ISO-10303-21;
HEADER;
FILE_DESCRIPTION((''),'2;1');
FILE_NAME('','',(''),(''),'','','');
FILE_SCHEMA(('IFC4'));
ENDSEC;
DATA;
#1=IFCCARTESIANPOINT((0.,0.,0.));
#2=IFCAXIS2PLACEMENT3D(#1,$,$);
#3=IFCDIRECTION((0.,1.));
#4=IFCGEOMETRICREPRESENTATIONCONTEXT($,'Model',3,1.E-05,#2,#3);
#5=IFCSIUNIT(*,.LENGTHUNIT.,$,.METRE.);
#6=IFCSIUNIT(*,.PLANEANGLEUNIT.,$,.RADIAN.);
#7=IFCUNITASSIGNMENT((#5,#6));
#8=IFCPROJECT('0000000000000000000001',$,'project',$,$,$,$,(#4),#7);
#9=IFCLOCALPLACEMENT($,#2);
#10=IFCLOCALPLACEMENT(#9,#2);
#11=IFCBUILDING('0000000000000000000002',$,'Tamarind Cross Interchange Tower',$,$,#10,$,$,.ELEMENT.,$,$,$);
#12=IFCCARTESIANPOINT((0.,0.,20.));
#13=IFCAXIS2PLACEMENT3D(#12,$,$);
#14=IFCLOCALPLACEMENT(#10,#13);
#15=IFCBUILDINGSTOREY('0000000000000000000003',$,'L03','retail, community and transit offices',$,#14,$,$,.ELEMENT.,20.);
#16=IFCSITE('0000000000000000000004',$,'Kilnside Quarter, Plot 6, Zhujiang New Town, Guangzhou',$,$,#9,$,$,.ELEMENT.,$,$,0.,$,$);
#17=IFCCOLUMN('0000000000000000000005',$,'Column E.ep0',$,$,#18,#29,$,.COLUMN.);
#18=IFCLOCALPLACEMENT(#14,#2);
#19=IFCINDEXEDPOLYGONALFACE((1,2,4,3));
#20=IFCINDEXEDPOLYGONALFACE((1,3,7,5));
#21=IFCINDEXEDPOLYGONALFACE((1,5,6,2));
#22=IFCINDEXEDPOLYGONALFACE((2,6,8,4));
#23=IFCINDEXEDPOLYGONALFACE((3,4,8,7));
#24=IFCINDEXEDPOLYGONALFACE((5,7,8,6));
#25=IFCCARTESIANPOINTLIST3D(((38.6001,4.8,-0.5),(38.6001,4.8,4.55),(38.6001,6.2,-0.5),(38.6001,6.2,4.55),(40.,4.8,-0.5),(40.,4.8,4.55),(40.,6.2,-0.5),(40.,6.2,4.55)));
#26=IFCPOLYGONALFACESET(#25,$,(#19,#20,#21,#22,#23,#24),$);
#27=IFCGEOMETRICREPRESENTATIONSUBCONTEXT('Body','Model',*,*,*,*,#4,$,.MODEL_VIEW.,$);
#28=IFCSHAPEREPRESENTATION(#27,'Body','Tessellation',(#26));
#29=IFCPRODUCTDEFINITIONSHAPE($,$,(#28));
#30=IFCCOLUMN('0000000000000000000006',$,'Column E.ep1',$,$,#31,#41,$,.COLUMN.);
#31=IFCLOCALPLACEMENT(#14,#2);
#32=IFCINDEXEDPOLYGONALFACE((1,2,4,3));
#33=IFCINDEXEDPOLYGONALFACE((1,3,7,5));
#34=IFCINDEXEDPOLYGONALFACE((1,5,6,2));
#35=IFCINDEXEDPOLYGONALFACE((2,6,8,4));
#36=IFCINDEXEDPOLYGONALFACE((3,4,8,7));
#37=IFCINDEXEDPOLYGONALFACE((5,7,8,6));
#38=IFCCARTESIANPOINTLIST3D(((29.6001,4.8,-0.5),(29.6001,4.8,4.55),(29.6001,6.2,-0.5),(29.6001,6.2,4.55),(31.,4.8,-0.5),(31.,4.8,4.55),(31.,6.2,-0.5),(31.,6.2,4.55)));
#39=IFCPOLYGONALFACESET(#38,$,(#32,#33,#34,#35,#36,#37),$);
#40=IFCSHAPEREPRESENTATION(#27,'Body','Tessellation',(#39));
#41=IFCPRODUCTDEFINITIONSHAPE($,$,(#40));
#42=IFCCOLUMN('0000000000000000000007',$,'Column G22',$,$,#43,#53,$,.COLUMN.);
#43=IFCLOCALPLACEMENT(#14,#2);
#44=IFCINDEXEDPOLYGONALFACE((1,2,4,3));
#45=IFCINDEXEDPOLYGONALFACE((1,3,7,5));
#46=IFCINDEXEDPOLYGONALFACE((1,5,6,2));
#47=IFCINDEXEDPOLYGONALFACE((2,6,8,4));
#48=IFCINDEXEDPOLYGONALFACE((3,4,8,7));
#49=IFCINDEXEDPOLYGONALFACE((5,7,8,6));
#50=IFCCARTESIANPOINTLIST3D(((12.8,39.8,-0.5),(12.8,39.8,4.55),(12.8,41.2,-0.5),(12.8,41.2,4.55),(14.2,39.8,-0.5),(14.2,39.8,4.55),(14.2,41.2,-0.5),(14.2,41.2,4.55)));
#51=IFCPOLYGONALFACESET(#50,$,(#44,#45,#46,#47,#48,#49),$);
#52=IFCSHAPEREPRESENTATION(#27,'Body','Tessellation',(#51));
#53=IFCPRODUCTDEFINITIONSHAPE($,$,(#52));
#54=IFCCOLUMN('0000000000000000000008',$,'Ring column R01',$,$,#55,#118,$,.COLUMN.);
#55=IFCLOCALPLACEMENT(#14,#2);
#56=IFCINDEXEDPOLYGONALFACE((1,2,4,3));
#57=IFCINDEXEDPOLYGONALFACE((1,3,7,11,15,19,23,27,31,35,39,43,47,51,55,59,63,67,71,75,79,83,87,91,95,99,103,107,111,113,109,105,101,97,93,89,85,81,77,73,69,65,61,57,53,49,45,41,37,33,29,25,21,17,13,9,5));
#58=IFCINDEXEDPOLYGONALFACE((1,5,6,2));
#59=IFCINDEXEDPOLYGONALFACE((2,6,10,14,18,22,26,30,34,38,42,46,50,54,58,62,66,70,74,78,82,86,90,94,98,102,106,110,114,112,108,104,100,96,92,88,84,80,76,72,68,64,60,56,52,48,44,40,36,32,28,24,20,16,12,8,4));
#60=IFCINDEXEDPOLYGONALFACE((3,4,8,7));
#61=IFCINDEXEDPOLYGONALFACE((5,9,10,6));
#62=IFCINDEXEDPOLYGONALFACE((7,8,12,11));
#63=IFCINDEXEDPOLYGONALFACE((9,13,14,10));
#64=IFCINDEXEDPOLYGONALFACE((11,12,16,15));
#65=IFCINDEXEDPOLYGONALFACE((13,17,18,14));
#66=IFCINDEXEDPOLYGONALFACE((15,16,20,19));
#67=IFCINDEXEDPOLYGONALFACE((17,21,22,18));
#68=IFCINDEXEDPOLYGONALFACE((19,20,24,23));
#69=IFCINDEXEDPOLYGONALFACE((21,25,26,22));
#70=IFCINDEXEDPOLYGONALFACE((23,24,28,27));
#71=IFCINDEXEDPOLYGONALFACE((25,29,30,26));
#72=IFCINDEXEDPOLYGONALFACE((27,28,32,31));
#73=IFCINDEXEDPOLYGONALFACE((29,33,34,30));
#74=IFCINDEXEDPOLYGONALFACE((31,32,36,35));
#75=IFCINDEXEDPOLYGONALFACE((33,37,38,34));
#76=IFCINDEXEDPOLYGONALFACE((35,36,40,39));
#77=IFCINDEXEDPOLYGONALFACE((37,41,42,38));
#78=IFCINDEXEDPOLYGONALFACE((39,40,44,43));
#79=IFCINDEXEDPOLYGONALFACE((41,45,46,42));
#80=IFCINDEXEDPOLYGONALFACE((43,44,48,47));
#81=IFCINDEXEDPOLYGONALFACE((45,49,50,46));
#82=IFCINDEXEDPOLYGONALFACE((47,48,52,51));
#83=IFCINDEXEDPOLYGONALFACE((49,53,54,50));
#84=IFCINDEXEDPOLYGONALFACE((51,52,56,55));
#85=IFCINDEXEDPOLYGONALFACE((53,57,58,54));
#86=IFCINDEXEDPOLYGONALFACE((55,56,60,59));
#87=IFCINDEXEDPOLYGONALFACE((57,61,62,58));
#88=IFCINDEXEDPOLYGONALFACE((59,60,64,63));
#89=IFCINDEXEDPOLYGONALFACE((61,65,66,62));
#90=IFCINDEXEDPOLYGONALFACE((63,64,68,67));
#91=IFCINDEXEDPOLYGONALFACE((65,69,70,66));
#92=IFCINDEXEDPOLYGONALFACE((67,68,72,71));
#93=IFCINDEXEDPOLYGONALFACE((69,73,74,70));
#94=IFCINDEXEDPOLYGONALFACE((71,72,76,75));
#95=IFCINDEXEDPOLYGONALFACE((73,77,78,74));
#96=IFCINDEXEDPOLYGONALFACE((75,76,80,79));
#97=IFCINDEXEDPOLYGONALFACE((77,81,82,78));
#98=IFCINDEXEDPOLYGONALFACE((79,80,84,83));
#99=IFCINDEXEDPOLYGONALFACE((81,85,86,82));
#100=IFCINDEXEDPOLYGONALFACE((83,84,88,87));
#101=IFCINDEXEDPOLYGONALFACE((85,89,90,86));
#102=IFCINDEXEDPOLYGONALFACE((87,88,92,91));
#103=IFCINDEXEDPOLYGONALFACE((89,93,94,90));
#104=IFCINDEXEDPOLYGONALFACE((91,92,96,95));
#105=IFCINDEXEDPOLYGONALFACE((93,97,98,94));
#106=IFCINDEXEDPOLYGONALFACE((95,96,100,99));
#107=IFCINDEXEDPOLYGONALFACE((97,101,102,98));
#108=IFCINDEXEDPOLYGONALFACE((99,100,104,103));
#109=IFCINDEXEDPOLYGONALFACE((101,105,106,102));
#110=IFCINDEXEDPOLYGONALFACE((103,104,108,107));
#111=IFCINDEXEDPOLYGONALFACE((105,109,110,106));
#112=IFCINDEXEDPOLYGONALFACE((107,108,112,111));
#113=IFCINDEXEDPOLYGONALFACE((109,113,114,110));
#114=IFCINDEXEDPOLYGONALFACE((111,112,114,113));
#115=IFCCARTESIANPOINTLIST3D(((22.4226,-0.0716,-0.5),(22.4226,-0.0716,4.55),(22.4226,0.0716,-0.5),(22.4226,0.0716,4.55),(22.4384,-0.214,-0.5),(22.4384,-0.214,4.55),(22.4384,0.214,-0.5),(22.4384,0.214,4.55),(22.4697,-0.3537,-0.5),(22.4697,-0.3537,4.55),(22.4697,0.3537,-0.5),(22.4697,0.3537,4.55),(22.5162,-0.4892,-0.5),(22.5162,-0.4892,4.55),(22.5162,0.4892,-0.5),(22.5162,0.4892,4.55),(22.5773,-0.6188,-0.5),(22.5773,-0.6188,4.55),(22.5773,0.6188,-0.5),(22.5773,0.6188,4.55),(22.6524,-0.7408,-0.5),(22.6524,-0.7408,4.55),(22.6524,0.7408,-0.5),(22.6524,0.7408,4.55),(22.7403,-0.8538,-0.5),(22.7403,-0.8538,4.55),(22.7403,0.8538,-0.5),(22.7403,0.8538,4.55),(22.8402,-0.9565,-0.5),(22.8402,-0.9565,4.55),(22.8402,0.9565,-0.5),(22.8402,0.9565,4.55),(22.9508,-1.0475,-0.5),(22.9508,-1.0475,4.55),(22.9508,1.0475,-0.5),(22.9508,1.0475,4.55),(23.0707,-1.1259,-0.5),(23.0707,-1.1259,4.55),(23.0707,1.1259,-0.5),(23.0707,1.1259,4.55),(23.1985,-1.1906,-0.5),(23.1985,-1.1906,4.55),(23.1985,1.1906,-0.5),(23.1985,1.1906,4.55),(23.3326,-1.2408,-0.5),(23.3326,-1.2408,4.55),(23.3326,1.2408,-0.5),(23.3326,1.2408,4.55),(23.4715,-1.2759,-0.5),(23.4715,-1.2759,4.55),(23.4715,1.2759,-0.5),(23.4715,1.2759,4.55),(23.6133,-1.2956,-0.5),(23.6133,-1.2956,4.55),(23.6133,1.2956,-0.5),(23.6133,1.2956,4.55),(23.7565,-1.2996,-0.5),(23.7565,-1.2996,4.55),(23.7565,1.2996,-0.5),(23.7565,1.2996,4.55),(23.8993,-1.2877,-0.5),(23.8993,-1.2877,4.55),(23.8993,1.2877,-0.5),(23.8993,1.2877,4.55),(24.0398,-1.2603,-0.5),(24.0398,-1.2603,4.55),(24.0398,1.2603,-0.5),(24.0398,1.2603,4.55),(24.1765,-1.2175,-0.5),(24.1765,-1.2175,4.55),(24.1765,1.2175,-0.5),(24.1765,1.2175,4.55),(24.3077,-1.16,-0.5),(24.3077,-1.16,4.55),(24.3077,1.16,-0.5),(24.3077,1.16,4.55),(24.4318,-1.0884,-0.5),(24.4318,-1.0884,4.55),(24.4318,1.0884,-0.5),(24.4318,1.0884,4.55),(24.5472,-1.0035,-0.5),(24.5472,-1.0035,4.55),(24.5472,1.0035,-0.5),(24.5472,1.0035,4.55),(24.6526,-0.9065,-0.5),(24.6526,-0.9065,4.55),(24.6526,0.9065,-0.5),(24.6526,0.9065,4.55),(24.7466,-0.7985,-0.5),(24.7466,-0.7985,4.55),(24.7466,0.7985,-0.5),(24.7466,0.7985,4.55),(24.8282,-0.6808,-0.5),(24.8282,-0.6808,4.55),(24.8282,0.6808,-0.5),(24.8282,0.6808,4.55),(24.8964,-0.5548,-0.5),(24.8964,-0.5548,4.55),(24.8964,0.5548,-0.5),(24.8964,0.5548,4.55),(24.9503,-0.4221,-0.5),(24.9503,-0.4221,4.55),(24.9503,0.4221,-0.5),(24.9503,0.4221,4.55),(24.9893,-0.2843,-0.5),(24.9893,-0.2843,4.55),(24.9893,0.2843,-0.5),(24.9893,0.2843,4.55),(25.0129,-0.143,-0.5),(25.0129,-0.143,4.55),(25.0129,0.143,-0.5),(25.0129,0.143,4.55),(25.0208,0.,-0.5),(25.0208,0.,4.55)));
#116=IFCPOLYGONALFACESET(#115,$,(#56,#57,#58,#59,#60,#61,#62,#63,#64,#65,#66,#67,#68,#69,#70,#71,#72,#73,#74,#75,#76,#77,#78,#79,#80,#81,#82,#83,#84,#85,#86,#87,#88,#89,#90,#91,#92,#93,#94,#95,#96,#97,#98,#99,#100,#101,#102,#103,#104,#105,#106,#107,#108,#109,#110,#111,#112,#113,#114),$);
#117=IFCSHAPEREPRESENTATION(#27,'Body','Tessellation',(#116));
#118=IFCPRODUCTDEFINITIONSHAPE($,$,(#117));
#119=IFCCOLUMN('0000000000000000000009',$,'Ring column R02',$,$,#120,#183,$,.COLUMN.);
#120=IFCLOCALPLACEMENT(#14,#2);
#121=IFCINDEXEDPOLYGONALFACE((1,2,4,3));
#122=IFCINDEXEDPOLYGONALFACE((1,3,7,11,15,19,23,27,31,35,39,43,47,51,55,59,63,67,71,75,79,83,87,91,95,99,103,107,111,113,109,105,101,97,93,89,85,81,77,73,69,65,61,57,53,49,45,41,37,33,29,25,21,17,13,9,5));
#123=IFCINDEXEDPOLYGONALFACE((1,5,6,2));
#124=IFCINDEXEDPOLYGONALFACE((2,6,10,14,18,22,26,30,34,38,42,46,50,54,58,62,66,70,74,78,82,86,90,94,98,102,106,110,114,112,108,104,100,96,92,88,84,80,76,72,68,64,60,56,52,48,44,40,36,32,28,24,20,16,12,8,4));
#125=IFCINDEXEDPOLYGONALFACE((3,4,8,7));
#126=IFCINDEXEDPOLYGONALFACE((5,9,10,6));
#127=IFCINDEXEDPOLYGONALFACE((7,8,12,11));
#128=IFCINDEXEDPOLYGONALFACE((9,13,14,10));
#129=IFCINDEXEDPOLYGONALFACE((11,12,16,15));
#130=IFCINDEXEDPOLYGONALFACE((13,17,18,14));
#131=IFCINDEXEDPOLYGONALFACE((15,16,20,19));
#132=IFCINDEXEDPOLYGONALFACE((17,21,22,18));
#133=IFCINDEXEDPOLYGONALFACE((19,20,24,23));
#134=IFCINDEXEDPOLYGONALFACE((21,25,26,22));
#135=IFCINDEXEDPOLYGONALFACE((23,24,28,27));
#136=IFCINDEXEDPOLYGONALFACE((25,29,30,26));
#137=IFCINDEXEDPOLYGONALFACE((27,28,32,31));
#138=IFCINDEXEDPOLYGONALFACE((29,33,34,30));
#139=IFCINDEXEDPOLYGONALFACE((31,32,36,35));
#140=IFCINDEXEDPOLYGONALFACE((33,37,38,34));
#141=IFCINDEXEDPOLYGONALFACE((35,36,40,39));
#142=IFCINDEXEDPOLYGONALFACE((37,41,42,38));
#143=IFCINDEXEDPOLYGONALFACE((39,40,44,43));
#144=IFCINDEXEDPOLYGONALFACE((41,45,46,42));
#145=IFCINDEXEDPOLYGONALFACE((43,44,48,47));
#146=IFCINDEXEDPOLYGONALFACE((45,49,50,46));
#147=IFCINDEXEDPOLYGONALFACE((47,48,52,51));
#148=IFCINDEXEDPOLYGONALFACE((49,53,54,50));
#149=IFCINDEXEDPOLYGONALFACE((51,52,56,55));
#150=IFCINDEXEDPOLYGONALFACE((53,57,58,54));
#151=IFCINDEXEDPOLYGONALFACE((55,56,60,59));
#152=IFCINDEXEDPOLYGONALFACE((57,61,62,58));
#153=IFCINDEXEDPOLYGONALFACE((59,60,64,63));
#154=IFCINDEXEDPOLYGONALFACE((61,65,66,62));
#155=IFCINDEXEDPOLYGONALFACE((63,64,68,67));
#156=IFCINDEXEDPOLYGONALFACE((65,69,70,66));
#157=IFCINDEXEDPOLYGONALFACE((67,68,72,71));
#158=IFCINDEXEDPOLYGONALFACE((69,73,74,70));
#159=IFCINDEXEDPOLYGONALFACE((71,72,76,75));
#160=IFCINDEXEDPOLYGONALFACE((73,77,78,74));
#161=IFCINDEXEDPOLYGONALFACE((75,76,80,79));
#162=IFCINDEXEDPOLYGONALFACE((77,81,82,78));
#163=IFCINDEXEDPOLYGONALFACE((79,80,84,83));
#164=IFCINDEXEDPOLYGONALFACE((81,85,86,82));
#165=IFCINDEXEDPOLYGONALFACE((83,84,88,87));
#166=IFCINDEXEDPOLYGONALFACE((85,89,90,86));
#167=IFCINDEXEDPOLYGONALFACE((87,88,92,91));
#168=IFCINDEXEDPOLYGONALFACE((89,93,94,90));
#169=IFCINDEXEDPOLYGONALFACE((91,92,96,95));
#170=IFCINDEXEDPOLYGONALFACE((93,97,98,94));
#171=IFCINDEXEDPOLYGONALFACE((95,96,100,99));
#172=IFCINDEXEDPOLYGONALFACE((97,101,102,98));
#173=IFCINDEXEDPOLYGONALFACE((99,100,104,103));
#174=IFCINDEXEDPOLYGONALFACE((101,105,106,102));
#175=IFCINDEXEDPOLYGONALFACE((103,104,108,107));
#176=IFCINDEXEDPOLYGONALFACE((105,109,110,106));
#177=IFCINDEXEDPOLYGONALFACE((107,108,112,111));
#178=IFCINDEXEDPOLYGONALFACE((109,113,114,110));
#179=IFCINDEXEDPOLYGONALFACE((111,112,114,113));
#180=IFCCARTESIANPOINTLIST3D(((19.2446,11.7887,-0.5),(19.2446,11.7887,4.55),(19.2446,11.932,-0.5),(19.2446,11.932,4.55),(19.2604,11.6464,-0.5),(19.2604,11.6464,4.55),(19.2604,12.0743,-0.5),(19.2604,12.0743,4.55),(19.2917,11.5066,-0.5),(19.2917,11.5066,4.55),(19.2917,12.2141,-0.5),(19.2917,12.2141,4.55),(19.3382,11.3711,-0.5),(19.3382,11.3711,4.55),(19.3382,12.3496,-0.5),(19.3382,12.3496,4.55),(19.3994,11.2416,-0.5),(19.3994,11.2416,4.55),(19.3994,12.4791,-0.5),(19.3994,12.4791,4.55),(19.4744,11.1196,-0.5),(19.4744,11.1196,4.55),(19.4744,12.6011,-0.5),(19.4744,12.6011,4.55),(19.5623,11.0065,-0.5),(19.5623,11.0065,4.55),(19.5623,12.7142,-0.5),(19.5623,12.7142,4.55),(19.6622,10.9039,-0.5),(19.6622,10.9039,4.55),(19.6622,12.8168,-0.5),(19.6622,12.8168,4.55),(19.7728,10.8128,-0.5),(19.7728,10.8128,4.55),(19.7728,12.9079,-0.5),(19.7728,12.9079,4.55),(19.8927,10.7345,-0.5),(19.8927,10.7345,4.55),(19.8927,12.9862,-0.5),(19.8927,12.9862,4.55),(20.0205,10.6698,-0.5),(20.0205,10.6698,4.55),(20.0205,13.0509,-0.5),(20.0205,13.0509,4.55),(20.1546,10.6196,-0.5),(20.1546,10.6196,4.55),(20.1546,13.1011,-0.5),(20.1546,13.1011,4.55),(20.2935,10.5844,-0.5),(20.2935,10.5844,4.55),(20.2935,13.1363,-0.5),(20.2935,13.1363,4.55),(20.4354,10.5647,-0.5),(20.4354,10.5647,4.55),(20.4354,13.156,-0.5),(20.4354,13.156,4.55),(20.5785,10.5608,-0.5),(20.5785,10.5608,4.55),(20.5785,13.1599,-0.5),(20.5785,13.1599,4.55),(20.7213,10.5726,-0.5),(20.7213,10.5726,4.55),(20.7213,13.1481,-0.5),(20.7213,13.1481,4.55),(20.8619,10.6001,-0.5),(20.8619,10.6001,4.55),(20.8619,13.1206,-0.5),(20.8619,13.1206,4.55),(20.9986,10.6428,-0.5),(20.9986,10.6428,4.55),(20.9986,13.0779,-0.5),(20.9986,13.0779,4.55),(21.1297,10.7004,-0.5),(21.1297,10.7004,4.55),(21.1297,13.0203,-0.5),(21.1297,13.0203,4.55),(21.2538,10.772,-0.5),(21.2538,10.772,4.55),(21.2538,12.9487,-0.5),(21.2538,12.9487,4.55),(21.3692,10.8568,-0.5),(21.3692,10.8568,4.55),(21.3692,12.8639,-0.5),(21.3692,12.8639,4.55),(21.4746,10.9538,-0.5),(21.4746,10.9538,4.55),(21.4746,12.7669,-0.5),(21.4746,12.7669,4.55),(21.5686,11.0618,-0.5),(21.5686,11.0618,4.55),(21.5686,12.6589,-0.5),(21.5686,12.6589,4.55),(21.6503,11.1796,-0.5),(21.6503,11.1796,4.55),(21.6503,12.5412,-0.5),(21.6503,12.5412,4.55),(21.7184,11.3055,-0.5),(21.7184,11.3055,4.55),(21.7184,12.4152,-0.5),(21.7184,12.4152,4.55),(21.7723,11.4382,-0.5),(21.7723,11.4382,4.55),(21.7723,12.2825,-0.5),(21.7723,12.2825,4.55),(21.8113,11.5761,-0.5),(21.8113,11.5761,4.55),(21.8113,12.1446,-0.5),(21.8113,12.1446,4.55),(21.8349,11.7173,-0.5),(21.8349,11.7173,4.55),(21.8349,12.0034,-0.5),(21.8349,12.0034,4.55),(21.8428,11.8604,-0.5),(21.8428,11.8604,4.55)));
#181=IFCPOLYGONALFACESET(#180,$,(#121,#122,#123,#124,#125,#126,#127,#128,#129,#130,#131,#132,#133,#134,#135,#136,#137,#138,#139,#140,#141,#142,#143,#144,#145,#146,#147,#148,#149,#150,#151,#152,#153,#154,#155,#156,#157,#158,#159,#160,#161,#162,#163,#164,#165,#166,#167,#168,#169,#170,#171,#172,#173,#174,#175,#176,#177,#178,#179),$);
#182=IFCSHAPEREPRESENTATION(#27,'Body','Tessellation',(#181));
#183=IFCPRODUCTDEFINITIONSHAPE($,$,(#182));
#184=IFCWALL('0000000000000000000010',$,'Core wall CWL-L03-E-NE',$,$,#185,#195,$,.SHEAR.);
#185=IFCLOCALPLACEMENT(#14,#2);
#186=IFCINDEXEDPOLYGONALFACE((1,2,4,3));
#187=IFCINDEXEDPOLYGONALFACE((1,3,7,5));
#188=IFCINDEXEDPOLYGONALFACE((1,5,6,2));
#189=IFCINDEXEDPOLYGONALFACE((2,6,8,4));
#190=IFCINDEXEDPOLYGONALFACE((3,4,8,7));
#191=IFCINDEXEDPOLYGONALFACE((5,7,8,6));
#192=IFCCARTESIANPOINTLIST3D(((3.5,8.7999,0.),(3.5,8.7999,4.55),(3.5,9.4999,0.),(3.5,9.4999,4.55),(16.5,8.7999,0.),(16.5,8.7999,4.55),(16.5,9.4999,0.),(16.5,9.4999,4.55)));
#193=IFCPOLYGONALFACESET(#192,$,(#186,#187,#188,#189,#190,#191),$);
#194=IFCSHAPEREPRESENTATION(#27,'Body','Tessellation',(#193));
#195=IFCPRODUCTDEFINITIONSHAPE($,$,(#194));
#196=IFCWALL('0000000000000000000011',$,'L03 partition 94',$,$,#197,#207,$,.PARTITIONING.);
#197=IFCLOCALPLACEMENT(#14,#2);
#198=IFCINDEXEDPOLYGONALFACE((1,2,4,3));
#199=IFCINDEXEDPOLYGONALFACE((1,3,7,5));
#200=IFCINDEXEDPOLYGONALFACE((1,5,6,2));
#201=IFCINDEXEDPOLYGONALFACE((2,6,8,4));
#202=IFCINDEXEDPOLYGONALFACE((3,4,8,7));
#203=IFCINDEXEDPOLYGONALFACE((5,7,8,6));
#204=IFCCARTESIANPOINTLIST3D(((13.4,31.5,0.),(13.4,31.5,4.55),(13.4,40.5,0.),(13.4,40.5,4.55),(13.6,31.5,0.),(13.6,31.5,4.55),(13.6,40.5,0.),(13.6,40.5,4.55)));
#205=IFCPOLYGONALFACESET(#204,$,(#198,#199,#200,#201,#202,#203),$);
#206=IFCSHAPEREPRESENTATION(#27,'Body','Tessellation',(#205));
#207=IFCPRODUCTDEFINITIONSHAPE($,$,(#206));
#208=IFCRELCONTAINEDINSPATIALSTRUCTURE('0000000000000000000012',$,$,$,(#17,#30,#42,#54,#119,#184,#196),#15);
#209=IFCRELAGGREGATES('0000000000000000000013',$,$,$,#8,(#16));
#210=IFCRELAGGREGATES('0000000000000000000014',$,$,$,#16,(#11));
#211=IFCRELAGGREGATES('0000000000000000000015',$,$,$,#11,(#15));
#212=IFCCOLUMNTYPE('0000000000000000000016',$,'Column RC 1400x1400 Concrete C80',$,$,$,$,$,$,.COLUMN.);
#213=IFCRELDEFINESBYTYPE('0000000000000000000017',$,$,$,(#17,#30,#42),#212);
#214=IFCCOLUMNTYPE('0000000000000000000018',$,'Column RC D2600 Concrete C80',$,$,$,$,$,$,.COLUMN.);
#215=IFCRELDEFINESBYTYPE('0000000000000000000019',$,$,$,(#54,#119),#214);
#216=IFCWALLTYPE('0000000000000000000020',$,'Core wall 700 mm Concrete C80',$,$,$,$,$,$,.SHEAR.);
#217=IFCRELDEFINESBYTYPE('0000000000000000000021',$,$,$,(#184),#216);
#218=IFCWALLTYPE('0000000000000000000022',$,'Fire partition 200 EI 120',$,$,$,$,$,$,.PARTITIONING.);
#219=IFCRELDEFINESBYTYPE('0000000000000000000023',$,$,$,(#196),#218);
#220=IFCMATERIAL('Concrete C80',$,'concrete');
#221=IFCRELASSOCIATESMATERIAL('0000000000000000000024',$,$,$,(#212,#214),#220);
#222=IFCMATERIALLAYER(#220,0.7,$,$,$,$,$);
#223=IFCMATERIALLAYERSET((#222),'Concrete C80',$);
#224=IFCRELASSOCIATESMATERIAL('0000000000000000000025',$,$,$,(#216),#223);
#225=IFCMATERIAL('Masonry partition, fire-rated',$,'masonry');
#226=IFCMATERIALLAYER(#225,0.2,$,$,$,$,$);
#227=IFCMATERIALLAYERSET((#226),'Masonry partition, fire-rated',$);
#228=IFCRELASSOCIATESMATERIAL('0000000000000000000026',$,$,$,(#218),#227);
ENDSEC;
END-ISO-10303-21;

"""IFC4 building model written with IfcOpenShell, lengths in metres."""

from ifc_helpers import new_model, si_unit, direction, frame, frame_2d, origin, origin_2d, place, context, subcontext, project, spatial, rectangle, circle, extrude, material, layer, layer_set, material_profile, profile_set, type_object, element, save


model = new_model("IFC4")

# Units and contexts
model_context = context("Model", 3, precision=1e-05, world=origin(), true_north=direction((0.0, 1.0)))
body_context = subcontext(model_context, "Body", "Model", "MODEL_VIEW")
ifc_project = project(units=[si_unit("LENGTHUNIT", "METRE"), si_unit("PLANEANGLEUNIT", "RADIAN")], contexts=[model_context])

# Site, building, storey
site_placement = place(None, origin())
site = spatial("IfcSite", under=ifc_project, at=site_placement, Name="Kilnside Quarter, Plot 6, Zhujiang New Town, Guangzhou", CompositionType="ELEMENT", RefElevation=0.0)
building_placement = place(site_placement, origin())
building = spatial("IfcBuilding", under=site, at=building_placement, Name="Tamarind Cross Interchange Tower", CompositionType="ELEMENT")
storey_placement = place(building_placement, frame((0.0, 0.0, 20.0)))
storey = spatial("IfcBuildingStorey", under=building, at=storey_placement, Name="L03", Description="retail, community and transit offices", CompositionType="ELEMENT", Elevation=20.0)

# Columns
ifc_material_1 = material(Name="Concrete C80", Category="concrete")
ifc_material_profile_1 = material_profile(ifc_material_1, rectangle(XDim=1.3999, YDim=1.3999, at=origin_2d()), Name="RC 1400x1400")
ifc_profile_set_1 = profile_set([ifc_material_profile_1], Name="Concrete C80")
column_type_1 = type_object("IfcColumnType", Name="Column RC 1400x1400 Concrete C80", PredefinedType="COLUMN", material=ifc_profile_set_1)
for number, where, z_axis, x_axis, name in (
    (1, (39.3, 5.5, -0.5), (0.0, 0.0, 1.0), (1.0, 0.0, 0.0), "Column E.ep0"),
    (2, (30.3, 5.5, -0.5), (0.0, 0.0, 1.0), (1.0, 0.0, 0.0), "Column E.ep1"),
    (3, (13.5, 40.5, -0.5), (0.0, 0.0, 1.0), (1.0, 0.0, 0.0), "Column G22"),
):
    element("IfcColumn", number, at=place(storey_placement, frame(where, z_axis=z_axis, x_axis=x_axis)), inside=storey, type_object=column_type_1, Name=name, PredefinedType="COLUMN", context=body_context, shape_type="SweptSolid", body=[
        extrude(rectangle(XDim=1.3999, YDim=1.3999, at=origin_2d()), origin(), (0.0, 0.0, 1.0), 5.05),
    ])
ifc_material_profile_2 = material_profile(ifc_material_1, circle(Radius=1.3, at=origin_2d()), Name="RC D2600")
ifc_profile_set_2 = profile_set([ifc_material_profile_2], Name="Concrete C80")
column_type_2 = type_object("IfcColumnType", Name="Column RC D2600 Concrete C80", PredefinedType="COLUMN", material=ifc_profile_set_2)
for number, where, z_axis, x_axis, name in (
    (4, (23.7207, 0.0, -0.5), (0.0, 0.0, 1.0), (1.0, 0.0, 0.0), "Ring column R01"),
    (5, (20.5427, 11.8604, -0.5), (0.0, 0.0, 1.0), (1.0, 0.0, 0.0), "Ring column R02"),
):
    element("IfcColumn", number, at=place(storey_placement, frame(where, z_axis=z_axis, x_axis=x_axis)), inside=storey, type_object=column_type_2, Name=name, PredefinedType="COLUMN", context=body_context, shape_type="SweptSolid", body=[
        extrude(circle(Radius=1.3, at=origin_2d()), origin(), (0.0, 0.0, 1.0), 5.05),
    ])

# Walls
ifc_layer_1 = layer(ifc_material_1, 0.7)
ifc_layer_set_1 = layer_set([ifc_layer_1], Name="Concrete C80")
wall_type_1 = type_object("IfcWallType", Name="Core wall 700 mm Concrete C80", PredefinedType="SHEAR", material=ifc_layer_set_1)
wall_1_placement = place(storey_placement, frame((16.5, 9.1499, 0.0), z_axis=(0.0, 0.0, 1.0), x_axis=(-1.0, 0.0, 0.0)))
element("IfcWall", 6, at=wall_1_placement, inside=storey, type_object=wall_type_1, Name="Core wall CWL-L03-E-NE", PredefinedType="SHEAR", context=body_context, shape_type="SweptSolid", body=[
    extrude(rectangle(XDim=13.0, YDim=0.7, at=frame_2d((6.5, 0.0))), origin(), (0.0, 0.0, 1.0), 4.55),
])
ifc_material_2 = material(Name="Masonry partition, fire-rated", Category="masonry")
ifc_layer_2 = layer(ifc_material_2, 0.2)
ifc_layer_set_2 = layer_set([ifc_layer_2], Name="Masonry partition, fire-rated")
wall_type_2 = type_object("IfcWallType", Name="Fire partition 200 EI 120", PredefinedType="PARTITIONING", material=ifc_layer_set_2)
wall_2_placement = place(storey_placement, frame((13.5, 31.5, 0.0), z_axis=(0.0, 0.0, 1.0), x_axis=(0.0, 1.0, 0.0)))
element("IfcWall", 7, at=wall_2_placement, inside=storey, type_object=wall_type_2, Name="L03 partition 94", PredefinedType="PARTITIONING", context=body_context, shape_type="SweptSolid", body=[
    extrude(rectangle(XDim=9.0, YDim=0.2, at=frame_2d((4.5, 0.0))), origin(), (0.0, 0.0, 1.0), 4.55),
])

save(model, "model.ifc")
